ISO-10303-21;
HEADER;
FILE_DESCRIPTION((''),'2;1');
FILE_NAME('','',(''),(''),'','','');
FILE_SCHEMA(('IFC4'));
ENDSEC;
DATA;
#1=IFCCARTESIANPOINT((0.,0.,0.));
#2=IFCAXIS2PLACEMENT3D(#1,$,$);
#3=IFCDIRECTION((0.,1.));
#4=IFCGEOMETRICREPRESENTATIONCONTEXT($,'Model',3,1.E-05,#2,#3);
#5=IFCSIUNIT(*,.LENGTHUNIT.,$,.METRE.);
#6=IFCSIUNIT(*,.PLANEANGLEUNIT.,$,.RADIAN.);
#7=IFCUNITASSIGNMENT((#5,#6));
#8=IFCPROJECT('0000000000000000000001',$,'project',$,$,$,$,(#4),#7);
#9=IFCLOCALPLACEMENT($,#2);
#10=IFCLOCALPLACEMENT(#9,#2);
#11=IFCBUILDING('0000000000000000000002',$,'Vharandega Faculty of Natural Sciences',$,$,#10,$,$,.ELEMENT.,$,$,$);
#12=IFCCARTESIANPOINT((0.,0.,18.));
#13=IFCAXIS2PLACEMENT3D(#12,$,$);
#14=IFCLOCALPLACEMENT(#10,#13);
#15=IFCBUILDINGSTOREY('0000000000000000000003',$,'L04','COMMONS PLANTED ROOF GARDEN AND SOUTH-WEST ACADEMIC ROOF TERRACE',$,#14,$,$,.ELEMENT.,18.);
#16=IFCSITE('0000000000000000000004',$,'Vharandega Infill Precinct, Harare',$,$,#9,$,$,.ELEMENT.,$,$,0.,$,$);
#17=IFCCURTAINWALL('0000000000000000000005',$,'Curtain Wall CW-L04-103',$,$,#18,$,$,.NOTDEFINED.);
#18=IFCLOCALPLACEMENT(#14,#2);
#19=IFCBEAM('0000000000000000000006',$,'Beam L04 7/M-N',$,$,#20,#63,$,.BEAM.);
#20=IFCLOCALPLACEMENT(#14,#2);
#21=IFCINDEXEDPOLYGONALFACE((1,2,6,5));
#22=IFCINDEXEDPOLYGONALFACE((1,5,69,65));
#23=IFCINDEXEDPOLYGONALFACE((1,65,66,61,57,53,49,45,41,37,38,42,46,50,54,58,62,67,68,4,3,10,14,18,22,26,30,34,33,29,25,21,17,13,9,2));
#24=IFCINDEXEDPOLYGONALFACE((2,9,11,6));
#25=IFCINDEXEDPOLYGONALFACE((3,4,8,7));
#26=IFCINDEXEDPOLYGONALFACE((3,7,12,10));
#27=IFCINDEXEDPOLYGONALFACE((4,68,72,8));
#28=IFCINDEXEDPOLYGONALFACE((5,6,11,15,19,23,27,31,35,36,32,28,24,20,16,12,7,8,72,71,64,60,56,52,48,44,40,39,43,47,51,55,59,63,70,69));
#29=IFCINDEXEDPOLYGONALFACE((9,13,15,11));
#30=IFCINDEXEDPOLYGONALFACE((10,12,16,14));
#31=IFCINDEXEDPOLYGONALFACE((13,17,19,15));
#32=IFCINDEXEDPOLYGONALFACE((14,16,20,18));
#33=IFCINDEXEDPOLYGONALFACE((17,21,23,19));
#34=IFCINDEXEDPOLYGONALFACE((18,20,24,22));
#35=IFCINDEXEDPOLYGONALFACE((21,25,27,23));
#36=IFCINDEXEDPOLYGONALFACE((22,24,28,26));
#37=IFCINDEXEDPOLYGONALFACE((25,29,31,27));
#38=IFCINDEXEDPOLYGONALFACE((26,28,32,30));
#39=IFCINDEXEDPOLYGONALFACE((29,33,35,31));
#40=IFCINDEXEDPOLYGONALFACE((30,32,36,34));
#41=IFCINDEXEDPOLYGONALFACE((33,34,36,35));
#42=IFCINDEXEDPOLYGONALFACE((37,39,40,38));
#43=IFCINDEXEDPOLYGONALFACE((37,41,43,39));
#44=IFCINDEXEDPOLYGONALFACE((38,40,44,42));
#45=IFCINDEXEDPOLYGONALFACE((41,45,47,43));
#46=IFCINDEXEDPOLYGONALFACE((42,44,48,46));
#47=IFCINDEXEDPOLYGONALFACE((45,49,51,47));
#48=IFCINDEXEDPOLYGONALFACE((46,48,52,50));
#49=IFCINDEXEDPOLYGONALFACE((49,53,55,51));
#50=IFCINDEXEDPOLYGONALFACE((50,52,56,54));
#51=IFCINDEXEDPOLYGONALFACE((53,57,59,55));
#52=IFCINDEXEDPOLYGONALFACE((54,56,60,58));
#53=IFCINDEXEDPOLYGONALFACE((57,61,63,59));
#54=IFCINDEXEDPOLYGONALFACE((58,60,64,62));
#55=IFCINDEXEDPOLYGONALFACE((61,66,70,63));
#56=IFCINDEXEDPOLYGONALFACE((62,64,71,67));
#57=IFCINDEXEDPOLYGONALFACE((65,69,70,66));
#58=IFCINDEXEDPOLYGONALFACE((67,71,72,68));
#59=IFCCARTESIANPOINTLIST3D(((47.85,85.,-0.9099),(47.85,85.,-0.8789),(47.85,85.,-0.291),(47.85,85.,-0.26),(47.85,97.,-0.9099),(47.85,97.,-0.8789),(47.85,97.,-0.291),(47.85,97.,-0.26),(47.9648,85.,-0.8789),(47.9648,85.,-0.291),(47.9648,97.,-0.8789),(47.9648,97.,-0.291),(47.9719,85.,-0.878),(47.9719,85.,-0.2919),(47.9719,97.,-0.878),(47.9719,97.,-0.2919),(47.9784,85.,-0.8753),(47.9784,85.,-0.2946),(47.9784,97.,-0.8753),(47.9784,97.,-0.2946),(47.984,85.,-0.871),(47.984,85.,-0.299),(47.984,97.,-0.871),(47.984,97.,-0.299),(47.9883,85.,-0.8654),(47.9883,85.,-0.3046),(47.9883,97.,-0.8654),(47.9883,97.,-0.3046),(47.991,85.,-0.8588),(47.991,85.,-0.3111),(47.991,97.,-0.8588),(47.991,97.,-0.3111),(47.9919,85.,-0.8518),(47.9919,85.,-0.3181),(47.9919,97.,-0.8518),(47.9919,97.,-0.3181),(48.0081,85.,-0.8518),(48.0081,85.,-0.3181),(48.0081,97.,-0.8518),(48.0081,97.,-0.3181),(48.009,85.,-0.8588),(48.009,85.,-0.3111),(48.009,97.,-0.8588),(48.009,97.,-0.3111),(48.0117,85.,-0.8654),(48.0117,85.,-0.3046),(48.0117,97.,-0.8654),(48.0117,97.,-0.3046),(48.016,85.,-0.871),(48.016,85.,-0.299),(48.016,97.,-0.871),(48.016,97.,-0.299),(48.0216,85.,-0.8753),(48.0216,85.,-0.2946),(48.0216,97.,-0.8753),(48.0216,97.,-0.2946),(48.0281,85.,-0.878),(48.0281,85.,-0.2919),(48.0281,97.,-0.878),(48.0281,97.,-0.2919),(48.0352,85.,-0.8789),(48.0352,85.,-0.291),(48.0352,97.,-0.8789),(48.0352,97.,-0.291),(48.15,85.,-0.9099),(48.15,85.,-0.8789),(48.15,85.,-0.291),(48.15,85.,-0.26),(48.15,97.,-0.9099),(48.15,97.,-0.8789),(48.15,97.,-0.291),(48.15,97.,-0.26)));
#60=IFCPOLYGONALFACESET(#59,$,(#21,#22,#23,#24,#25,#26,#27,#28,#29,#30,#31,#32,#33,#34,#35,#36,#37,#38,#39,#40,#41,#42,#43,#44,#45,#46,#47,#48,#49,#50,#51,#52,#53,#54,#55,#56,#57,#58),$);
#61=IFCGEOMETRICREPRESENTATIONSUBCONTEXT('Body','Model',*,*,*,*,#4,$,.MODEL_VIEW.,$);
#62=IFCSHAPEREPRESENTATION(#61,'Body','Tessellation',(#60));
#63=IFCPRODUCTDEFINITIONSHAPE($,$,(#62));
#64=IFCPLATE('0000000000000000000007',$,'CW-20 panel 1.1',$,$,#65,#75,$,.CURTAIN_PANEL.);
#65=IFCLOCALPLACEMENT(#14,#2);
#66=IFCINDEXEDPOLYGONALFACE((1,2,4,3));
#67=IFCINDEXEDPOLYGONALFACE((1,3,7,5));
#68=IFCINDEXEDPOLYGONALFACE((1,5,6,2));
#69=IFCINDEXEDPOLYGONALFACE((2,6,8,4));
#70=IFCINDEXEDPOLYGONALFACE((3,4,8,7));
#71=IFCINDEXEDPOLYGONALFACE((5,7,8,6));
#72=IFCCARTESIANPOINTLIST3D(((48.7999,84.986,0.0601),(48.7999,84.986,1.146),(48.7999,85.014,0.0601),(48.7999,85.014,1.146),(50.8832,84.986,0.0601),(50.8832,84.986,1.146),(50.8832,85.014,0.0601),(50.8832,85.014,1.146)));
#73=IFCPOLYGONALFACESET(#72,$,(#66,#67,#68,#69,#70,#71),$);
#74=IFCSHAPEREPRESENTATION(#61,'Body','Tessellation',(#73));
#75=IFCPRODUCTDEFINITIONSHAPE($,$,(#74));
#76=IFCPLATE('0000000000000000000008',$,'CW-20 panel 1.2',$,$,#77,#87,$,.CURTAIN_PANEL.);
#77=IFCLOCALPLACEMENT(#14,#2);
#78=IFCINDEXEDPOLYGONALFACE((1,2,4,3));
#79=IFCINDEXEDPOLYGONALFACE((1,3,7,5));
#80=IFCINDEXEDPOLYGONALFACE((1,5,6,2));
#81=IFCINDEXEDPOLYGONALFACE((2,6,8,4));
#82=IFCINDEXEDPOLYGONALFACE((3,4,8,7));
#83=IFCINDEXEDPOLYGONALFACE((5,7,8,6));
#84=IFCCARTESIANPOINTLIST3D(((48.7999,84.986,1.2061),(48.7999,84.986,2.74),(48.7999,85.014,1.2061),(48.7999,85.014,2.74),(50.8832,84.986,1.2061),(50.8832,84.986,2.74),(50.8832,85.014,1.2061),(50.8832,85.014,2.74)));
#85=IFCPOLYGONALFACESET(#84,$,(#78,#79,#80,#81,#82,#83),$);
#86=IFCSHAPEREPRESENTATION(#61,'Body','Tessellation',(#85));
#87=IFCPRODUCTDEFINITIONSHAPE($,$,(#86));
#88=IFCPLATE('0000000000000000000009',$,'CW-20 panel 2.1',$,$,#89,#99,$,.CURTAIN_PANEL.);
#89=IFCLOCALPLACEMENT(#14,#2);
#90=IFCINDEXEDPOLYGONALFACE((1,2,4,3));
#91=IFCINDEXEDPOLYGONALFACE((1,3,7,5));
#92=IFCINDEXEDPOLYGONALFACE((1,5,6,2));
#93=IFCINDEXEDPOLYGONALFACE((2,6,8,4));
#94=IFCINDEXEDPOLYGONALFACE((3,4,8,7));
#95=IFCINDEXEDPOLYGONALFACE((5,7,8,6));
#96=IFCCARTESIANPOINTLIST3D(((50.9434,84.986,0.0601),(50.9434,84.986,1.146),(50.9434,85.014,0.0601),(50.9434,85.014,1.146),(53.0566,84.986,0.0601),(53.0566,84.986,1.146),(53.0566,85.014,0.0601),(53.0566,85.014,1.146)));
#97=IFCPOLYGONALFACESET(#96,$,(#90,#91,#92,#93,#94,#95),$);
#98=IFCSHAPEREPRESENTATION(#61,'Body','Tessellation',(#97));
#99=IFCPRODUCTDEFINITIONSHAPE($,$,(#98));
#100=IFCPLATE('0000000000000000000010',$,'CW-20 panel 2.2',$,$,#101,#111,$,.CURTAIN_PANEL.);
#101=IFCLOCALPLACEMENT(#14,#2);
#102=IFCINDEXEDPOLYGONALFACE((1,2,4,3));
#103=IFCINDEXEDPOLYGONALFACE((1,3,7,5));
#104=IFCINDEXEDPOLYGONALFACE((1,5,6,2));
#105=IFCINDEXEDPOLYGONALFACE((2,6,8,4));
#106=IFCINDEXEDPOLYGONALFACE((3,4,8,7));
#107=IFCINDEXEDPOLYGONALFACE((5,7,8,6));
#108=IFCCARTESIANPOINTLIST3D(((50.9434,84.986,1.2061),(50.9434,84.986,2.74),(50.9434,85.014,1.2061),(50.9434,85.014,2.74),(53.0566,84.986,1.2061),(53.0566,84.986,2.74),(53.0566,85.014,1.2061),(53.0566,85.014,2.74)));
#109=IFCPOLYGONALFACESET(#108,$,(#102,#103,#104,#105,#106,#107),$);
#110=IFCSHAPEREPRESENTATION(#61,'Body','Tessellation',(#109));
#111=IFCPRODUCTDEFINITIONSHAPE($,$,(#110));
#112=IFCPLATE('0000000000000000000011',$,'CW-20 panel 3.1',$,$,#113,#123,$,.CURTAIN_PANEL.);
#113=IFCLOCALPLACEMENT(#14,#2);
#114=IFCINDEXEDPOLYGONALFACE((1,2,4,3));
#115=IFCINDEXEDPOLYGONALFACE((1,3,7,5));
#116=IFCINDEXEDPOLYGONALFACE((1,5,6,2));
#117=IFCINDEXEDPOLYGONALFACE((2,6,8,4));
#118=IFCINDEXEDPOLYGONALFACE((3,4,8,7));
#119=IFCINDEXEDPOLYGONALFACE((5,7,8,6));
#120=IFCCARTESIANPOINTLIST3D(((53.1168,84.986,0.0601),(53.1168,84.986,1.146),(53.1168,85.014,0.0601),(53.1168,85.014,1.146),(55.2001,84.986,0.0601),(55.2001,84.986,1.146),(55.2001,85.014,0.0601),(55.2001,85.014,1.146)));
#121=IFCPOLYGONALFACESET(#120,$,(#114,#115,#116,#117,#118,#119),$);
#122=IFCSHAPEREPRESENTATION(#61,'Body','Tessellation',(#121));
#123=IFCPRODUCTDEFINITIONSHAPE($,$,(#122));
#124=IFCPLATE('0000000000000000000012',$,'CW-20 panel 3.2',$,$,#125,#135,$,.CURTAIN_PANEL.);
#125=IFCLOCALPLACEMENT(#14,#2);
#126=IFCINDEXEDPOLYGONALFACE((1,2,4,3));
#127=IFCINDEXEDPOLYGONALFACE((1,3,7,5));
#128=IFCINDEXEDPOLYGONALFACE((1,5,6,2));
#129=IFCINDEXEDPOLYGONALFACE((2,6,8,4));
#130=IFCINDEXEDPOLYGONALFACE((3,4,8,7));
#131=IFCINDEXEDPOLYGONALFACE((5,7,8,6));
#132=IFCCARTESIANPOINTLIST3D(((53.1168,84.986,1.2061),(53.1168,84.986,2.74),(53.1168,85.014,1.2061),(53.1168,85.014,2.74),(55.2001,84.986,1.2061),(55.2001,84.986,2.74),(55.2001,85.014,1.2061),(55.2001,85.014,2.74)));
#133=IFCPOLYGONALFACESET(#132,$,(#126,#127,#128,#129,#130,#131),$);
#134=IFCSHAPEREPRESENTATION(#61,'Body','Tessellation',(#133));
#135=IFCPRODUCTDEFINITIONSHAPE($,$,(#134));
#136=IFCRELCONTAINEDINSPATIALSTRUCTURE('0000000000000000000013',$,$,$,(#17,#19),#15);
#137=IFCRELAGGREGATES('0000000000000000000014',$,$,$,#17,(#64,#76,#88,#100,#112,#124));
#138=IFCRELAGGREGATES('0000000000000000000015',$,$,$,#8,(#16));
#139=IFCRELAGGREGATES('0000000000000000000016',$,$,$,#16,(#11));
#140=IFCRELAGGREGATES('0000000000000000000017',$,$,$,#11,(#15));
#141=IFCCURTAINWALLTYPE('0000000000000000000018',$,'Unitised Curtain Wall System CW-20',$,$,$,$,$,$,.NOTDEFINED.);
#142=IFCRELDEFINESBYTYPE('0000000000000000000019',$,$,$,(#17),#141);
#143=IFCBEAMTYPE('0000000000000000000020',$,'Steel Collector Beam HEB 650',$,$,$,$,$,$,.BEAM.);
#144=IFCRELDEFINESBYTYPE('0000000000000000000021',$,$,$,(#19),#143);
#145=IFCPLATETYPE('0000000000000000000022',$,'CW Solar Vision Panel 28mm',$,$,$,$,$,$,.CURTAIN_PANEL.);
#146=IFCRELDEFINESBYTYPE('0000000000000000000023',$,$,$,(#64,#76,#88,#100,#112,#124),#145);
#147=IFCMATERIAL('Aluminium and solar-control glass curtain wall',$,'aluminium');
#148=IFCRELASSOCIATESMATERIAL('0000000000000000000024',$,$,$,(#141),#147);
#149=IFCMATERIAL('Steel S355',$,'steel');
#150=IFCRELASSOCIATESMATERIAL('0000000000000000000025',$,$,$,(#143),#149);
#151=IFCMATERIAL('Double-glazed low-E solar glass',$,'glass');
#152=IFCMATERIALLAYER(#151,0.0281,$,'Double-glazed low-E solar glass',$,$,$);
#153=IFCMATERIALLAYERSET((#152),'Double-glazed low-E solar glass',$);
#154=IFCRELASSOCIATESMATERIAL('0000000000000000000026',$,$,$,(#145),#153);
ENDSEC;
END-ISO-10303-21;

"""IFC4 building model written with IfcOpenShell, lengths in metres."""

from ifc_helpers import new_model, si_unit, direction, frame, origin, origin_2d, place, context, subcontext, project, spatial, rectangle, i_section, extrude, material, layer, layer_set, material_profile, profile_set, type_object, element, aggregate, save


model = new_model("IFC4")

# Units and contexts
model_context = context("Model", 3, precision=1e-05, world=origin(), true_north=direction((0.0, 1.0)))
body_context = subcontext(model_context, "Body", "Model", "MODEL_VIEW")
ifc_project = project(units=[si_unit("LENGTHUNIT", "METRE"), si_unit("PLANEANGLEUNIT", "RADIAN")], contexts=[model_context])

# Site, building, storey
site_placement = place(None, origin())
site = spatial("IfcSite", under=ifc_project, at=site_placement, Name="Vharandega Infill Precinct, Harare", CompositionType="ELEMENT", RefElevation=0.0)
building_placement = place(site_placement, origin())
building = spatial("IfcBuilding", under=site, at=building_placement, Name="Vharandega Faculty of Natural Sciences", CompositionType="ELEMENT")
storey_placement = place(building_placement, frame((0.0, 0.0, 18.0)))
storey = spatial("IfcBuildingStorey", under=building, at=storey_placement, Name="L04", Description="COMMONS PLANTED ROOF GARDEN AND SOUTH-WEST ACADEMIC ROOF TERRACE", CompositionType="ELEMENT", Elevation=18.0)

# Curtain wall
ifc_material_1 = material(Name="Aluminium and solar-control glass curtain wall", Category="aluminium")
curtain_wall_type = type_object("IfcCurtainWallType", Name="Unitised Curtain Wall System CW-20", PredefinedType="NOTDEFINED", material=ifc_material_1)
curtain_wall_placement = place(storey_placement, origin())
curtain_wall = element("IfcCurtainWall", 1, at=curtain_wall_placement, inside=storey, type_object=curtain_wall_type, Name="Curtain Wall CW-L04-103", PredefinedType="NOTDEFINED")

# Beam
ifc_material_2 = material(Name="Steel S355", Category="steel")
ifc_material_profile_1 = material_profile(ifc_material_2, i_section(OverallWidth=0.3, OverallDepth=0.6499, WebThickness=0.0161, FlangeThickness=0.031, FilletRadius=0.0271, at=origin_2d()), Name="HEB 650")
ifc_profile_set_1 = profile_set([ifc_material_profile_1], Name="Steel S355")
beam_type_1 = type_object("IfcBeamType", Name="Steel Collector Beam HEB 650", PredefinedType="BEAM", material=ifc_profile_set_1)
beam_1_placement = place(storey_placement, frame((48.0, 85.0, -0.585), z_axis=(0.0, 1.0, 0.0), x_axis=(-1.0, 0.0, 0.0)))
element("IfcBeam", 2, at=beam_1_placement, inside=storey, type_object=beam_type_1, Name="Beam L04 7/M-N", PredefinedType="BEAM", context=body_context, shape_type="SweptSolid", body=[
    extrude(i_section(OverallWidth=0.3, OverallDepth=0.6499, WebThickness=0.0161, FlangeThickness=0.031, FilletRadius=0.0271, at=origin_2d()), origin(), (0.0, 0.0, 1.0), 12.0),
])

# Plates
ifc_material_3 = material(Name="Double-glazed low-E solar glass", Category="glass")
ifc_layer = layer(ifc_material_3, 0.0281, Name="Double-glazed low-E solar glass")
ifc_layer_set = layer_set([ifc_layer], Name="Double-glazed low-E solar glass")
plate_type = type_object("IfcPlateType", Name="CW Solar Vision Panel 28mm", PredefinedType="CURTAIN_PANEL", material=ifc_layer_set)
plate_1_placement = place(storey_placement, frame((49.8416, 85.0, 0.0601), z_axis=(0.0, 0.0, 1.0), x_axis=(1.0, 0.0, 0.0)))
plate_1 = element("IfcPlate", 3, at=plate_1_placement, type_object=plate_type, Name="CW-20 panel 1.1", PredefinedType="CURTAIN_PANEL", context=body_context, shape_type="SweptSolid", body=[
    extrude(rectangle(XDim=2.0833, YDim=0.0281, at=origin_2d()), origin(), (0.0, 0.0, 1.0), 1.0859),
])
plate_2_placement = place(storey_placement, frame((49.8416, 85.0, 1.2061), z_axis=(0.0, 0.0, 1.0), x_axis=(1.0, 0.0, 0.0)))
plate_2 = element("IfcPlate", 4, at=plate_2_placement, type_object=plate_type, Name="CW-20 panel 1.2", PredefinedType="CURTAIN_PANEL", context=body_context, shape_type="SweptSolid", body=[
    extrude(rectangle(XDim=2.0833, YDim=0.0281, at=origin_2d()), origin(), (0.0, 0.0, 1.0), 1.5339),
])
plate_3_placement = place(storey_placement, frame((52.0, 85.0, 0.0601), z_axis=(0.0, 0.0, 1.0), x_axis=(1.0, 0.0, 0.0)))
plate_3 = element("IfcPlate", 5, at=plate_3_placement, type_object=plate_type, Name="CW-20 panel 2.1", PredefinedType="CURTAIN_PANEL", context=body_context, shape_type="SweptSolid", body=[
    extrude(rectangle(XDim=2.1133, YDim=0.0281, at=origin_2d()), origin(), (0.0, 0.0, 1.0), 1.0859),
])
plate_4_placement = place(storey_placement, frame((52.0, 85.0, 1.2061), z_axis=(0.0, 0.0, 1.0), x_axis=(1.0, 0.0, 0.0)))
plate_4 = element("IfcPlate", 6, at=plate_4_placement, type_object=plate_type, Name="CW-20 panel 2.2", PredefinedType="CURTAIN_PANEL", context=body_context, shape_type="SweptSolid", body=[
    extrude(rectangle(XDim=2.1133, YDim=0.0281, at=origin_2d()), origin(), (0.0, 0.0, 1.0), 1.5339),
])
plate_5_placement = place(storey_placement, frame((54.1584, 85.0, 0.0601), z_axis=(0.0, 0.0, 1.0), x_axis=(1.0, 0.0, 0.0)))
plate_5 = element("IfcPlate", 7, at=plate_5_placement, type_object=plate_type, Name="CW-20 panel 3.1", PredefinedType="CURTAIN_PANEL", context=body_context, shape_type="SweptSolid", body=[
    extrude(rectangle(XDim=2.0833, YDim=0.0281, at=origin_2d()), origin(), (0.0, 0.0, 1.0), 1.0859),
])
plate_6_placement = place(storey_placement, frame((54.1584, 85.0, 1.2061), z_axis=(0.0, 0.0, 1.0), x_axis=(1.0, 0.0, 0.0)))
plate_6 = element("IfcPlate", 8, at=plate_6_placement, type_object=plate_type, Name="CW-20 panel 3.2", PredefinedType="CURTAIN_PANEL", context=body_context, shape_type="SweptSolid", body=[
    extrude(rectangle(XDim=2.0833, YDim=0.0281, at=origin_2d()), origin(), (0.0, 0.0, 1.0), 1.5339),
])
aggregate(curtain_wall, [plate_1, plate_2, plate_3, plate_4, plate_5, plate_6])

save(model, "model.ifc")
